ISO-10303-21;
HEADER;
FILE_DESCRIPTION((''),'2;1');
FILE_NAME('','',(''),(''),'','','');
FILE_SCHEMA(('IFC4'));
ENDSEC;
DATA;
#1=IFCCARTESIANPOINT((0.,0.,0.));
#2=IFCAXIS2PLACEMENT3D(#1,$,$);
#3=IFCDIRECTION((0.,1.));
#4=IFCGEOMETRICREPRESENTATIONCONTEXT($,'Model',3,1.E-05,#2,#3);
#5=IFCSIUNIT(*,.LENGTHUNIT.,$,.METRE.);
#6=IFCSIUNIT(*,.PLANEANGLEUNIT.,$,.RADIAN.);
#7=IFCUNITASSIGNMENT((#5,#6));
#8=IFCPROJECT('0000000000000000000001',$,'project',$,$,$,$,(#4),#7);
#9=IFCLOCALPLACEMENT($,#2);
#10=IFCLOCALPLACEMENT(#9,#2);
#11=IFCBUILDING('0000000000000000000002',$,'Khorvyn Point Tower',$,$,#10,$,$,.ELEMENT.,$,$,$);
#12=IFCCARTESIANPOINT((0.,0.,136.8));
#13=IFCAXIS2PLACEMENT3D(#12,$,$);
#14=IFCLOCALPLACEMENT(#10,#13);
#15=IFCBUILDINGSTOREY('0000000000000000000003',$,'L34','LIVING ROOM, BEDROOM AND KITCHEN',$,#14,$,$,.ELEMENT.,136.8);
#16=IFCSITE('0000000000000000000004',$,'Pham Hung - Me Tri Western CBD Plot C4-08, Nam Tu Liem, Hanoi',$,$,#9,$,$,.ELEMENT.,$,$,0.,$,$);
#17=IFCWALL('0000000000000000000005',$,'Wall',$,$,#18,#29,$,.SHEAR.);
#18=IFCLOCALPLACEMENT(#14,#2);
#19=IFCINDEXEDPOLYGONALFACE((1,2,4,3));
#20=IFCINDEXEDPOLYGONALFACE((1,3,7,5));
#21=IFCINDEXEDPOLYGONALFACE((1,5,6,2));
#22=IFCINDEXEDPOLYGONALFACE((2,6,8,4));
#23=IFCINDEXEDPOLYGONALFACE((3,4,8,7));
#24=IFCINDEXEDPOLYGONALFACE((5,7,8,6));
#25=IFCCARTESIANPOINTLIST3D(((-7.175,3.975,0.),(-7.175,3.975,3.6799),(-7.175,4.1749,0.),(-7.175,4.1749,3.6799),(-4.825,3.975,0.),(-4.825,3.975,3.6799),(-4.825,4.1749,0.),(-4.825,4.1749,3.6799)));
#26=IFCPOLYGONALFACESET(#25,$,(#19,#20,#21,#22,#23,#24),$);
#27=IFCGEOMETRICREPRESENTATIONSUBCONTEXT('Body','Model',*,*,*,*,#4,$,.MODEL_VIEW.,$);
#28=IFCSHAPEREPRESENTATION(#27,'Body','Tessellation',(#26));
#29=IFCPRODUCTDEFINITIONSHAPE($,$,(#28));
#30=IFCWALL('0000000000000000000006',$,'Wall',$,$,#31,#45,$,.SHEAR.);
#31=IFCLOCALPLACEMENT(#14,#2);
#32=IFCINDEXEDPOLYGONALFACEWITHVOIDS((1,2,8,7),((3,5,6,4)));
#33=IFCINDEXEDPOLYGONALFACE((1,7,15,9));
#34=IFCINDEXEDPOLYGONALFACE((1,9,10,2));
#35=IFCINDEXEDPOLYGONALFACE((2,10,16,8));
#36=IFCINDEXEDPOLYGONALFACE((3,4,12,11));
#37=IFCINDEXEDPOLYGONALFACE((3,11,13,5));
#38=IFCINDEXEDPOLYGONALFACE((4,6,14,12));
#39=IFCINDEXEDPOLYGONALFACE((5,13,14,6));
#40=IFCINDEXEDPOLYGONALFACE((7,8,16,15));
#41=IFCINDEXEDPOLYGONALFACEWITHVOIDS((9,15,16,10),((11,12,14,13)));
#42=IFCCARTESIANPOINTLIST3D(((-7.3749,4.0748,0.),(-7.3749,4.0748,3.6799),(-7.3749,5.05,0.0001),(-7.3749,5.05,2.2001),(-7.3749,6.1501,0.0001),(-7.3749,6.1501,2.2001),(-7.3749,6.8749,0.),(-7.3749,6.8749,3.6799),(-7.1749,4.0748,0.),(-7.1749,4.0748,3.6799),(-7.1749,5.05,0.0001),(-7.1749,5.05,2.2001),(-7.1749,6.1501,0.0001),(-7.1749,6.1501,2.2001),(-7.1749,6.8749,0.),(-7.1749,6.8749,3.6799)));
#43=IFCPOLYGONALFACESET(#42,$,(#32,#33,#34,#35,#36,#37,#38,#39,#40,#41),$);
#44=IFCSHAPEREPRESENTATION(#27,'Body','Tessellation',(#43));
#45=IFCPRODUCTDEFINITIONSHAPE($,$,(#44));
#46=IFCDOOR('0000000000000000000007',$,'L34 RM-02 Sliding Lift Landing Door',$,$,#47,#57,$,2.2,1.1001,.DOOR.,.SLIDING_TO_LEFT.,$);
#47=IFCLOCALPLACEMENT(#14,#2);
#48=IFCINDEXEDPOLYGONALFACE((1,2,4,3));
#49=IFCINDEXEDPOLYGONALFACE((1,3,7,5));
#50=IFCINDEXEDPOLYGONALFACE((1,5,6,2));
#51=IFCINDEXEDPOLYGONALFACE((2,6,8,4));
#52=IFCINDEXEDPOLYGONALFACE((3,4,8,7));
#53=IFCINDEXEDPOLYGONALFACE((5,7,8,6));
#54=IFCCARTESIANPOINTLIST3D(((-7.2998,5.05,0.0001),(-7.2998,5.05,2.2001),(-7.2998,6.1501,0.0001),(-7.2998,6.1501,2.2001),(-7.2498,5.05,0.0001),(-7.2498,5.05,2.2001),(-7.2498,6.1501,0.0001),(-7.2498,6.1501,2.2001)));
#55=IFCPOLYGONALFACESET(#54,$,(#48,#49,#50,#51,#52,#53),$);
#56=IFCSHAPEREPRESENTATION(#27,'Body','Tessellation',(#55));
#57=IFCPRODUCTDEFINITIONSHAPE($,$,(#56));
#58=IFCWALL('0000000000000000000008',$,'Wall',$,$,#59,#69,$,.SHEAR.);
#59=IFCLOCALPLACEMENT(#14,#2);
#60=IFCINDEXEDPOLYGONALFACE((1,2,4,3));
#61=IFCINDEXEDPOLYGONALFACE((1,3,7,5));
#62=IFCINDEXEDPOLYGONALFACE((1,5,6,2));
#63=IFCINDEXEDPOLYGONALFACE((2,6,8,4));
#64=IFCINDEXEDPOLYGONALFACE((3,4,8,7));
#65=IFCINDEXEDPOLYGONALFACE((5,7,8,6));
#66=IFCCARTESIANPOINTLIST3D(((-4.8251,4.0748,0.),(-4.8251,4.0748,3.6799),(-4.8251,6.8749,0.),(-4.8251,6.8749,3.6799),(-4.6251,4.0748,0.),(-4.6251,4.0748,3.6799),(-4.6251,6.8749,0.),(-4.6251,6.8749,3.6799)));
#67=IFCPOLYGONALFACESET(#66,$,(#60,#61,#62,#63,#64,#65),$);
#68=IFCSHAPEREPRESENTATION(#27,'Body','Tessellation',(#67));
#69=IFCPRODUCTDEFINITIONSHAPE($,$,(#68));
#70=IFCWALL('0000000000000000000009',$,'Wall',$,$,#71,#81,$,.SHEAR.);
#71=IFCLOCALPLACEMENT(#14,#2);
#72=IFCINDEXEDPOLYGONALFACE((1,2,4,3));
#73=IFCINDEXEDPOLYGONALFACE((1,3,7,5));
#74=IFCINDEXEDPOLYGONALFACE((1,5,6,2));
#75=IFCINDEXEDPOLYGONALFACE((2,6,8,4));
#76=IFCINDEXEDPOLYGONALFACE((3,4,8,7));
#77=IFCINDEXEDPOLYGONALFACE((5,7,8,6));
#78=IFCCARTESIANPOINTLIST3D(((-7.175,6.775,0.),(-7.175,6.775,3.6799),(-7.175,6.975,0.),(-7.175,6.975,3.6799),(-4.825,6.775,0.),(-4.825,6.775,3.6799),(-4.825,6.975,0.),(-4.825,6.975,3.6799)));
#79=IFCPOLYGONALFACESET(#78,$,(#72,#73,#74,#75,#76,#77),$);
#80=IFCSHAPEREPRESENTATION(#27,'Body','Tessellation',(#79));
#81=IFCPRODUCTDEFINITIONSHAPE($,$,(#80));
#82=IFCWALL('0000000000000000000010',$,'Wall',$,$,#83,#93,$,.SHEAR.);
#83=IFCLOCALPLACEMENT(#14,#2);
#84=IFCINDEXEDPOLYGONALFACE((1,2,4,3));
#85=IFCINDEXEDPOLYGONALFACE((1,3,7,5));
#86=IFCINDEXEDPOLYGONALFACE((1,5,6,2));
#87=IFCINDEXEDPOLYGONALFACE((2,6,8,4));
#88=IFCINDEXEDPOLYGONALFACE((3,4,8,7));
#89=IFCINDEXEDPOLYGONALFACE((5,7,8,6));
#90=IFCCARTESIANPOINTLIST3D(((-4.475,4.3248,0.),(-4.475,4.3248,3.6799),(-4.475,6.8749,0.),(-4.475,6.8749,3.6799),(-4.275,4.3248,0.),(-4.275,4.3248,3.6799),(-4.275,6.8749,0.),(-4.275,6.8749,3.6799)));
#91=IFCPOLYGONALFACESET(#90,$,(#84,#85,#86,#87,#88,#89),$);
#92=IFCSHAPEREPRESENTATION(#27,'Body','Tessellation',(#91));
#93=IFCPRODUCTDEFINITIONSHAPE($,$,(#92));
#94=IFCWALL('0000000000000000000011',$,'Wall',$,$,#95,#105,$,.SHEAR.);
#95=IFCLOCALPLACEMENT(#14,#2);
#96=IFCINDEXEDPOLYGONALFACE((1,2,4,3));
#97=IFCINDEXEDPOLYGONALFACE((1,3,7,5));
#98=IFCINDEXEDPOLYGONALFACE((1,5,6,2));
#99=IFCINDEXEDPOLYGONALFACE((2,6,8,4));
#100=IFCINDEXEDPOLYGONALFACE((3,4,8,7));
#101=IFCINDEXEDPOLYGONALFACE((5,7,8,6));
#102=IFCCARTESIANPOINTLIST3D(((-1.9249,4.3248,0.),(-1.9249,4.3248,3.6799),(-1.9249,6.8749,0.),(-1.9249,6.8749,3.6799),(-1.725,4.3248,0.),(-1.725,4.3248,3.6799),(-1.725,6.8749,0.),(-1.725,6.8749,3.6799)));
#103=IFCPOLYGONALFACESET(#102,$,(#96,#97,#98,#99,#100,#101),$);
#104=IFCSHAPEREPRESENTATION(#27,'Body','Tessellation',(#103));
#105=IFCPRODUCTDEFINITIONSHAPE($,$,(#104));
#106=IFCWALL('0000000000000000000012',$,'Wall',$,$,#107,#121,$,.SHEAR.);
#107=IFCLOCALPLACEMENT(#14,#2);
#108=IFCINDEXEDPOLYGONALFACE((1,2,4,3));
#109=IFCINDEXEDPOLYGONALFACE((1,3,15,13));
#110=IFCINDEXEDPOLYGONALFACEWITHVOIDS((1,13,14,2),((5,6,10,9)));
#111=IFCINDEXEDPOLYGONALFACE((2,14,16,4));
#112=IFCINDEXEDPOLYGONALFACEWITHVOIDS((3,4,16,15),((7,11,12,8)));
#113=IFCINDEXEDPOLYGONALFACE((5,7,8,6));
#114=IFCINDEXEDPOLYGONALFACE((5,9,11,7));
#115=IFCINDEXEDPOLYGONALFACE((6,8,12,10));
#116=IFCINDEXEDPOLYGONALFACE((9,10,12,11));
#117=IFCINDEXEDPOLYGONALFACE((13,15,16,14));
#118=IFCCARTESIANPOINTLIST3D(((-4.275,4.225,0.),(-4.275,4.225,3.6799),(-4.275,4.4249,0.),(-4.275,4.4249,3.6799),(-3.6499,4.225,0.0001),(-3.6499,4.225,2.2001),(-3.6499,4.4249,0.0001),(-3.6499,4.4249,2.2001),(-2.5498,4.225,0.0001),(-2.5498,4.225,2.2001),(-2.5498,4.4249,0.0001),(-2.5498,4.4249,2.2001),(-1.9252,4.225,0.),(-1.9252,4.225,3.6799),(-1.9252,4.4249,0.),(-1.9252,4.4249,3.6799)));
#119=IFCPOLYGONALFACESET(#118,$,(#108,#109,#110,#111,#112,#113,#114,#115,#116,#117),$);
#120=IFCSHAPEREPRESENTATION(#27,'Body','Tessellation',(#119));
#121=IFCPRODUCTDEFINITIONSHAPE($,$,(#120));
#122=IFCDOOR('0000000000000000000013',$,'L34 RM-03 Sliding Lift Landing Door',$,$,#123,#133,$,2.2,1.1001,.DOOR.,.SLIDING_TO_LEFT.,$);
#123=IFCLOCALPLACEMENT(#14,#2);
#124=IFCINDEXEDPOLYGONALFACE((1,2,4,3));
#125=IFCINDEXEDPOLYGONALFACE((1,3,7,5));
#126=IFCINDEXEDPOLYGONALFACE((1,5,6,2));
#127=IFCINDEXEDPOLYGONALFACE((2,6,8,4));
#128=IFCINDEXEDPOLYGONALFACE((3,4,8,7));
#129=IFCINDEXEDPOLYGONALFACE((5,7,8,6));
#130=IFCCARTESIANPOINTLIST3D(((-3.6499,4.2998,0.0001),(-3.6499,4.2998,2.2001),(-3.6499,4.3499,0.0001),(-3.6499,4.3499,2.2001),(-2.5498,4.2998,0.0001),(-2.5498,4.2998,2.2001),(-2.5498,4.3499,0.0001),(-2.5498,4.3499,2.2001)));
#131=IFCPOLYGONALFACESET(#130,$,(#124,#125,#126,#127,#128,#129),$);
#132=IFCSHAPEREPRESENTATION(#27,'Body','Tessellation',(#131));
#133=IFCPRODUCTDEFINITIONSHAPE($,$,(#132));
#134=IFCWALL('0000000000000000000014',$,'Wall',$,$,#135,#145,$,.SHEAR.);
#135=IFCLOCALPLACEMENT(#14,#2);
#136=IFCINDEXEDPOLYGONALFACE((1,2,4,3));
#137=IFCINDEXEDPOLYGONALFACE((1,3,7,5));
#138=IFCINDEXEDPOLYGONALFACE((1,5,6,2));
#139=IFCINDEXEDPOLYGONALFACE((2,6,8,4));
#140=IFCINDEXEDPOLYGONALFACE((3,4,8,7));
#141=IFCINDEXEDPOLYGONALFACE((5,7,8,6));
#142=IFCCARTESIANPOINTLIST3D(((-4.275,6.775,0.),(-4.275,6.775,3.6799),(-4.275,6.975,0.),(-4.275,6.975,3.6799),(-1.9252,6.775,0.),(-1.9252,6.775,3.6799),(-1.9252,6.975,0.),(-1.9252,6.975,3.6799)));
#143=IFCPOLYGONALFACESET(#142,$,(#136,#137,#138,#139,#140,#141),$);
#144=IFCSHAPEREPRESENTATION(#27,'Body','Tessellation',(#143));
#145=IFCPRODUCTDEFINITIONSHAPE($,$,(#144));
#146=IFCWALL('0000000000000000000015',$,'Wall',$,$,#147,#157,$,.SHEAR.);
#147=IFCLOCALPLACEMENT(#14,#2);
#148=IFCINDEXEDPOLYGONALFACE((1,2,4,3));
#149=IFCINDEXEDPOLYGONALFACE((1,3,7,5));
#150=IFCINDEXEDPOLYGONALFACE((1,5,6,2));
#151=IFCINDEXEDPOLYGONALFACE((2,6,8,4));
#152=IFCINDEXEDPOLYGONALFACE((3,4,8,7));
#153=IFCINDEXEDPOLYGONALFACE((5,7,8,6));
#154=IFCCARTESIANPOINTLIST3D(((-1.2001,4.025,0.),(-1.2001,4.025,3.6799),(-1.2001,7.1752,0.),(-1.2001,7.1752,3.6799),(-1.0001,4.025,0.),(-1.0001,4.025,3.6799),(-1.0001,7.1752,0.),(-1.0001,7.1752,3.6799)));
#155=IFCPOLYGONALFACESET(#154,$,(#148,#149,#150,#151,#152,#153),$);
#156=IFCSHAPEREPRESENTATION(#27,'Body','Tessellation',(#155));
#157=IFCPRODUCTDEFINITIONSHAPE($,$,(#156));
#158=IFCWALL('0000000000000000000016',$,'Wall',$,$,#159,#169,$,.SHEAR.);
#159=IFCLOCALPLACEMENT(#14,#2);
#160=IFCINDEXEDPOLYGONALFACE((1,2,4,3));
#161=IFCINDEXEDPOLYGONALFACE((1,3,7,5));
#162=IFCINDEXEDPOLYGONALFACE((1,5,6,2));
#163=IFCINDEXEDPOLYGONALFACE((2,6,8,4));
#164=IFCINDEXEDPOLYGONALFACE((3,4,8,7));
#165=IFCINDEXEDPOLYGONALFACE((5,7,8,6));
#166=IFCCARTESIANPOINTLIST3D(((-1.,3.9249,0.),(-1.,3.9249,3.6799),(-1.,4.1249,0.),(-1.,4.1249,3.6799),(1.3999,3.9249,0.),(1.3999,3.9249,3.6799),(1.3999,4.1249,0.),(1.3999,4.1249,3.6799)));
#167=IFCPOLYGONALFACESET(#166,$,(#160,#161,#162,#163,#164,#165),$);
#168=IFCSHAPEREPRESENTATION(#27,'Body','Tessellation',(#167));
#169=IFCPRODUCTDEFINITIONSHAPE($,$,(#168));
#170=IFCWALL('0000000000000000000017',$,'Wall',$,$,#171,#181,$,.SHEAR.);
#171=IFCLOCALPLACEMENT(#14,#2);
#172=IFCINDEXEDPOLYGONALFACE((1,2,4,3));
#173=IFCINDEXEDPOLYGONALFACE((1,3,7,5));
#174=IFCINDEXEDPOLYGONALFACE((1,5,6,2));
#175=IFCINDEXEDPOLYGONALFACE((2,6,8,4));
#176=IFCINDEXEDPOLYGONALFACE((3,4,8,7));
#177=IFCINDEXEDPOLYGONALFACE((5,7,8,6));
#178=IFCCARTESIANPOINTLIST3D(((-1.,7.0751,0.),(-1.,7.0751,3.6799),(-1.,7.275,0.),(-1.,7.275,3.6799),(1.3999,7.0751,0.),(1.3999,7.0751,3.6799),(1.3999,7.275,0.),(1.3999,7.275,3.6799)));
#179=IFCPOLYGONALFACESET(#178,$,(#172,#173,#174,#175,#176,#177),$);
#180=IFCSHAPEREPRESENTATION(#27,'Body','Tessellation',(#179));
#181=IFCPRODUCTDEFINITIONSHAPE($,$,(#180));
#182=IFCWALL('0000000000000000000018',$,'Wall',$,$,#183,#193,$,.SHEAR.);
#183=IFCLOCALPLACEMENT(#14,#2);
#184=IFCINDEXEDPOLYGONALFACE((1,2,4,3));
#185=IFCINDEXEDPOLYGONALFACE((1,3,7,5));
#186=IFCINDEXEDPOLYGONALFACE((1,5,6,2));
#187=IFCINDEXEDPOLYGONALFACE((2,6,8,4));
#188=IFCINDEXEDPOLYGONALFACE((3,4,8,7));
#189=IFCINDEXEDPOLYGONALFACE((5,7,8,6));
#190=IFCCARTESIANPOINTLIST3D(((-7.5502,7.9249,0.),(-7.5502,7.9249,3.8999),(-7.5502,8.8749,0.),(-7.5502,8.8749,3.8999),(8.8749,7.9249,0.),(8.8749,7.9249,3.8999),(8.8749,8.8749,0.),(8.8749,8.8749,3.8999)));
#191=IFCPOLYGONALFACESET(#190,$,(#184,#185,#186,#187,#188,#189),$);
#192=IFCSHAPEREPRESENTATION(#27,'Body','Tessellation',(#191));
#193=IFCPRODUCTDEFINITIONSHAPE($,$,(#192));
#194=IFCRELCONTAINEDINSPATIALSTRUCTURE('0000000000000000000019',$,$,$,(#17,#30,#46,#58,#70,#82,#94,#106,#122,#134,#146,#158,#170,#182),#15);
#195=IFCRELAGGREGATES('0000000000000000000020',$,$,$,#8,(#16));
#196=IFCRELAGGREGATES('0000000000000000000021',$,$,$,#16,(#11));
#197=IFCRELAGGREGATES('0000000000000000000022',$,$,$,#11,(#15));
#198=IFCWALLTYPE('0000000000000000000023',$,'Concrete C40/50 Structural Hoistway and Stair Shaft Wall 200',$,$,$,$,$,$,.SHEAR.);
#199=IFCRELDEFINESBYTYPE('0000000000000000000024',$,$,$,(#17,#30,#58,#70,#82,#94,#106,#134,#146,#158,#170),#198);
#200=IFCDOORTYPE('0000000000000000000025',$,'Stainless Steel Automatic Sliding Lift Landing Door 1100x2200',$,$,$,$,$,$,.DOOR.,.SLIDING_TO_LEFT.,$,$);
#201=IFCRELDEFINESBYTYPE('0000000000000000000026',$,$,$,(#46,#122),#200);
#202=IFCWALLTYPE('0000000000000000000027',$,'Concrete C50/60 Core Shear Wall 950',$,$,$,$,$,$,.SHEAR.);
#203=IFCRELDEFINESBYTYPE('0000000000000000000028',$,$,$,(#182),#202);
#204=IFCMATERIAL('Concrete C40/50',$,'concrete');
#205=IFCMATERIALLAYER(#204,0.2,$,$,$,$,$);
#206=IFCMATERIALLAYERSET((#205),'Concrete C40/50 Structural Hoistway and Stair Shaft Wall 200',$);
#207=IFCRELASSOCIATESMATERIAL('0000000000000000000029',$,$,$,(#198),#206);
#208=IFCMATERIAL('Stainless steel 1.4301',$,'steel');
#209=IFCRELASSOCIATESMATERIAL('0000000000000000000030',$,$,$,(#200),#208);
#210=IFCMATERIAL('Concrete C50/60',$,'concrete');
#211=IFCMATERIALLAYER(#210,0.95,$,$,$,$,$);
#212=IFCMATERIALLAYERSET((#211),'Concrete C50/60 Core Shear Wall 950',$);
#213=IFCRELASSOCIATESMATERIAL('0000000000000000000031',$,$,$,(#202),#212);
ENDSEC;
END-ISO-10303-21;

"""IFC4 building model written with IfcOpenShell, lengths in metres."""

from ifc_helpers import new_model, si_unit, direction, frame, frame_2d, origin, place, context, subcontext, project, spatial, rectangle, extrude, material, layer, layer_set, type_object, element, fill, save


model = new_model("IFC4")

# Units and contexts
model_context = context("Model", 3, precision=1e-05, world=origin(), true_north=direction((0.0, 1.0)))
body_context = subcontext(model_context, "Body", "Model", "MODEL_VIEW")
ifc_project = project(units=[si_unit("LENGTHUNIT", "METRE"), si_unit("PLANEANGLEUNIT", "RADIAN")], contexts=[model_context])

# Site, building, storey
site_placement = place(None, origin())
site = spatial("IfcSite", under=ifc_project, at=site_placement, Name="Pham Hung - Me Tri Western CBD Plot C4-08, Nam Tu Liem, Hanoi", CompositionType="ELEMENT", RefElevation=0.0)
building_placement = place(site_placement, origin())
building = spatial("IfcBuilding", under=site, at=building_placement, Name="Khorvyn Point Tower", CompositionType="ELEMENT")
storey_placement = place(building_placement, frame((0.0, 0.0, 136.8)))
storey = spatial("IfcBuildingStorey", under=building, at=storey_placement, Name="L34", Description="LIVING ROOM, BEDROOM AND KITCHEN", CompositionType="ELEMENT", Elevation=136.8)

# Shared definitions
ifc_material_1 = material(Name="Concrete C40/50", Category="concrete")

# Shared definitions
ifc_material_2 = material(Name="Concrete C50/60", Category="concrete")

# Shared definitions
ifc_layer_1 = layer(ifc_material_1, 0.2)
ifc_layer_set_1 = layer_set([ifc_layer_1], Name="Concrete C40/50 Structural Hoistway and Stair Shaft Wall 200")
wall_type_1 = type_object("IfcWallType", Name="Concrete C40/50 Structural Hoistway and Stair Shaft Wall 200", PredefinedType="SHEAR", material=ifc_layer_set_1)
ifc_material_3 = material(Name="Stainless steel 1.4301", Category="steel")
door_type_1 = type_object("IfcDoorType", Name="Stainless Steel Automatic Sliding Lift Landing Door 1100x2200", OperationType="SLIDING_TO_LEFT", PredefinedType="DOOR", material=ifc_material_3)

# Wall
for number, where, z_axis, x_axis, name in (
    (1, (-7.175, 4.075, 0.0), (0.0, 0.0, 1.0), (1.0, 0.0, 0.0), "Wall"),
):
    element("IfcWall", number, at=place(storey_placement, frame(where, z_axis=z_axis, x_axis=x_axis)), inside=storey, type_object=wall_type_1, Name=name, PredefinedType="SHEAR", context=body_context, shape_type="SweptSolid", body=[
        extrude(rectangle(XDim=2.3501, YDim=0.2, at=frame_2d((1.175, 0.0))), origin(), (0.0, 0.0, 1.0), 3.6799),
    ])

# Wall, opening, door
wall_1_placement = place(storey_placement, frame((-7.2749, 4.075, 0.0), z_axis=(0.0, 0.0, 1.0), x_axis=(0.0, 1.0, 0.0)))
wall_1 = element("IfcWall", 2, at=wall_1_placement, inside=storey, type_object=wall_type_1, Name="Wall", PredefinedType="SHEAR", context=body_context, shape_type="SweptSolid", body=[
    extrude(rectangle(XDim=2.8, YDim=0.2, at=frame_2d((1.3999, 0.0))), origin(), (0.0, 0.0, 1.0), 3.6799),
])
opening_1_placement = place(wall_1_placement, frame((0.9751, 0.0, 0.0)))
opening_1 = element("IfcOpeningElement", 3, at=opening_1_placement, cuts=wall_1, PredefinedType="OPENING", context=body_context, shape_type="SweptSolid", body=[
    extrude(rectangle(XDim=1.1001, YDim=2.2, at=frame_2d((0.55, 1.1001))), frame((0.0, 0.1099, 0.0), z_axis=(0.0, -1.0, 0.0), x_axis=(1.0, 0.0, 0.0)), (0.0, 0.0, 1.0), 0.22),
])
door_1_placement = place(opening_1_placement, origin())
door_1 = element("IfcDoor", 4, at=door_1_placement, inside=storey, type_object=door_type_1, Name="L34 RM-02 Sliding Lift Landing Door", OperationType="SLIDING_TO_LEFT", OverallHeight=2.2, OverallWidth=1.1001, PredefinedType="DOOR", context=body_context, shape_type="SweptSolid", body=[
    extrude(rectangle(XDim=1.1001, YDim=2.2, at=frame_2d((0.55, 1.1001))), frame((0.0, 0.0249, 0.0), z_axis=(0.0, -1.0, 0.0), x_axis=(1.0, 0.0, 0.0)), (0.0, 0.0, 1.0), 0.05),
])
fill(opening_1, door_1)

# Walls
wall_2_placement = place(storey_placement, frame((-4.7251, 4.075, 0.0), z_axis=(0.0, 0.0, 1.0), x_axis=(0.0, 1.0, 0.0)))
element("IfcWall", 5, at=wall_2_placement, inside=storey, type_object=wall_type_1, Name="Wall", PredefinedType="SHEAR", context=body_context, shape_type="SweptSolid", body=[
    extrude(rectangle(XDim=2.8, YDim=0.2, at=frame_2d((1.3999, 0.0))), origin(), (0.0, 0.0, 1.0), 3.6799),
])
wall_3_placement = place(storey_placement, frame((-7.175, 6.875, 0.0), z_axis=(0.0, 0.0, 1.0), x_axis=(1.0, 0.0, 0.0)))
element("IfcWall", 6, at=wall_3_placement, inside=storey, type_object=wall_type_1, Name="Wall", PredefinedType="SHEAR", context=body_context, shape_type="SweptSolid", body=[
    extrude(rectangle(XDim=2.3501, YDim=0.2, at=frame_2d((1.175, 0.0))), origin(), (0.0, 0.0, 1.0), 3.6799),
])
for number, where, z_axis, x_axis, name in (
    (7, (-4.375, 4.325, 0.0), (0.0, 0.0, 1.0), (0.0, 1.0, 0.0), "Wall"),
    (8, (-1.825, 4.325, 0.0), (0.0, 0.0, 1.0), (0.0, 1.0, 0.0), "Wall"),
):
    element("IfcWall", number, at=place(storey_placement, frame(where, z_axis=z_axis, x_axis=x_axis)), inside=storey, type_object=wall_type_1, Name=name, PredefinedType="SHEAR", context=body_context, shape_type="SweptSolid", body=[
        extrude(rectangle(XDim=2.55, YDim=0.2, at=frame_2d((1.2749, 0.0))), origin(), (0.0, 0.0, 1.0), 3.6799),
    ])

# Wall, opening, door
wall_4_placement = place(storey_placement, frame((-4.2749, 4.325, 0.0), z_axis=(0.0, 0.0, 1.0), x_axis=(1.0, 0.0, 0.0)))
wall_4 = element("IfcWall", 9, at=wall_4_placement, inside=storey, type_object=wall_type_1, Name="Wall", PredefinedType="SHEAR", context=body_context, shape_type="SweptSolid", body=[
    extrude(rectangle(XDim=2.3499, YDim=0.2, at=frame_2d((1.1748, 0.0))), origin(), (0.0, 0.0, 1.0), 3.6799),
])
opening_2_placement = place(wall_4_placement, frame((0.625, 0.0, 0.0)))
opening_2 = element("IfcOpeningElement", 10, at=opening_2_placement, cuts=wall_4, PredefinedType="OPENING", context=body_context, shape_type="SweptSolid", body=[
    extrude(rectangle(XDim=1.1001, YDim=2.2, at=frame_2d((0.55, 1.1001))), frame((0.0, 0.1099, 0.0), z_axis=(0.0, -1.0, 0.0), x_axis=(1.0, 0.0, 0.0)), (0.0, 0.0, 1.0), 0.22),
])
door_2_placement = place(opening_2_placement, origin())
door_2 = element("IfcDoor", 11, at=door_2_placement, inside=storey, type_object=door_type_1, Name="L34 RM-03 Sliding Lift Landing Door", OperationType="SLIDING_TO_LEFT", OverallHeight=2.2, OverallWidth=1.1001, PredefinedType="DOOR", context=body_context, shape_type="SweptSolid", body=[
    extrude(rectangle(XDim=1.1001, YDim=2.2, at=frame_2d((0.55, 1.1001))), frame((0.0, 0.0249, 0.0), z_axis=(0.0, -1.0, 0.0), x_axis=(1.0, 0.0, 0.0)), (0.0, 0.0, 1.0), 0.05),
])
fill(opening_2, door_2)

# Walls
wall_5_placement = place(storey_placement, frame((-4.2749, 6.875, 0.0), z_axis=(0.0, 0.0, 1.0), x_axis=(1.0, 0.0, 0.0)))
element("IfcWall", 12, at=wall_5_placement, inside=storey, type_object=wall_type_1, Name="Wall", PredefinedType="SHEAR", context=body_context, shape_type="SweptSolid", body=[
    extrude(rectangle(XDim=2.3499, YDim=0.2, at=frame_2d((1.1748, 0.0))), origin(), (0.0, 0.0, 1.0), 3.6799),
])
wall_6_placement = place(storey_placement, frame((-1.1001, 4.0249, 0.0), z_axis=(0.0, 0.0, 1.0), x_axis=(0.0, 1.0, 0.0)))
element("IfcWall", 13, at=wall_6_placement, inside=storey, type_object=wall_type_1, Name="Wall", PredefinedType="SHEAR", context=body_context, shape_type="SweptSolid", body=[
    extrude(rectangle(XDim=3.1501, YDim=0.2, at=frame_2d((1.5752, 0.0))), origin(), (0.0, 0.0, 1.0), 3.6799),
])
for number, where, z_axis, x_axis, name in (
    (14, (-1.0, 4.0249, 0.0), (0.0, 0.0, 1.0), (1.0, 0.0, 0.0), "Wall"),
    (15, (-1.0, 7.175, 0.0), (0.0, 0.0, 1.0), (1.0, 0.0, 0.0), "Wall"),
):
    element("IfcWall", number, at=place(storey_placement, frame(where, z_axis=z_axis, x_axis=x_axis)), inside=storey, type_object=wall_type_1, Name=name, PredefinedType="SHEAR", context=body_context, shape_type="SweptSolid", body=[
        extrude(rectangle(XDim=2.3999, YDim=0.2, at=frame_2d((1.2, 0.0))), origin(), (0.0, 0.0, 1.0), 3.6799),
    ])
ifc_layer_2 = layer(ifc_material_2, 0.95)
ifc_layer_set_2 = layer_set([ifc_layer_2], Name="Concrete C50/60 Core Shear Wall 950")
wall_type_2 = type_object("IfcWallType", Name="Concrete C50/60 Core Shear Wall 950", PredefinedType="SHEAR", material=ifc_layer_set_2)
wall_7_placement = place(storey_placement, frame((-7.55, 8.3999, 0.0), z_axis=(0.0, 0.0, 1.0), x_axis=(1.0, 0.0, 0.0)))
element("IfcWall", 16, at=wall_7_placement, inside=storey, type_object=wall_type_2, Name="Wall", PredefinedType="SHEAR", context=body_context, shape_type="SweptSolid", body=[
    extrude(rectangle(XDim=16.425, YDim=0.95, at=frame_2d((8.2124, 0.0))), origin(), (0.0, 0.0, 1.0), 3.8999),
])

save(model, "model.ifc")
